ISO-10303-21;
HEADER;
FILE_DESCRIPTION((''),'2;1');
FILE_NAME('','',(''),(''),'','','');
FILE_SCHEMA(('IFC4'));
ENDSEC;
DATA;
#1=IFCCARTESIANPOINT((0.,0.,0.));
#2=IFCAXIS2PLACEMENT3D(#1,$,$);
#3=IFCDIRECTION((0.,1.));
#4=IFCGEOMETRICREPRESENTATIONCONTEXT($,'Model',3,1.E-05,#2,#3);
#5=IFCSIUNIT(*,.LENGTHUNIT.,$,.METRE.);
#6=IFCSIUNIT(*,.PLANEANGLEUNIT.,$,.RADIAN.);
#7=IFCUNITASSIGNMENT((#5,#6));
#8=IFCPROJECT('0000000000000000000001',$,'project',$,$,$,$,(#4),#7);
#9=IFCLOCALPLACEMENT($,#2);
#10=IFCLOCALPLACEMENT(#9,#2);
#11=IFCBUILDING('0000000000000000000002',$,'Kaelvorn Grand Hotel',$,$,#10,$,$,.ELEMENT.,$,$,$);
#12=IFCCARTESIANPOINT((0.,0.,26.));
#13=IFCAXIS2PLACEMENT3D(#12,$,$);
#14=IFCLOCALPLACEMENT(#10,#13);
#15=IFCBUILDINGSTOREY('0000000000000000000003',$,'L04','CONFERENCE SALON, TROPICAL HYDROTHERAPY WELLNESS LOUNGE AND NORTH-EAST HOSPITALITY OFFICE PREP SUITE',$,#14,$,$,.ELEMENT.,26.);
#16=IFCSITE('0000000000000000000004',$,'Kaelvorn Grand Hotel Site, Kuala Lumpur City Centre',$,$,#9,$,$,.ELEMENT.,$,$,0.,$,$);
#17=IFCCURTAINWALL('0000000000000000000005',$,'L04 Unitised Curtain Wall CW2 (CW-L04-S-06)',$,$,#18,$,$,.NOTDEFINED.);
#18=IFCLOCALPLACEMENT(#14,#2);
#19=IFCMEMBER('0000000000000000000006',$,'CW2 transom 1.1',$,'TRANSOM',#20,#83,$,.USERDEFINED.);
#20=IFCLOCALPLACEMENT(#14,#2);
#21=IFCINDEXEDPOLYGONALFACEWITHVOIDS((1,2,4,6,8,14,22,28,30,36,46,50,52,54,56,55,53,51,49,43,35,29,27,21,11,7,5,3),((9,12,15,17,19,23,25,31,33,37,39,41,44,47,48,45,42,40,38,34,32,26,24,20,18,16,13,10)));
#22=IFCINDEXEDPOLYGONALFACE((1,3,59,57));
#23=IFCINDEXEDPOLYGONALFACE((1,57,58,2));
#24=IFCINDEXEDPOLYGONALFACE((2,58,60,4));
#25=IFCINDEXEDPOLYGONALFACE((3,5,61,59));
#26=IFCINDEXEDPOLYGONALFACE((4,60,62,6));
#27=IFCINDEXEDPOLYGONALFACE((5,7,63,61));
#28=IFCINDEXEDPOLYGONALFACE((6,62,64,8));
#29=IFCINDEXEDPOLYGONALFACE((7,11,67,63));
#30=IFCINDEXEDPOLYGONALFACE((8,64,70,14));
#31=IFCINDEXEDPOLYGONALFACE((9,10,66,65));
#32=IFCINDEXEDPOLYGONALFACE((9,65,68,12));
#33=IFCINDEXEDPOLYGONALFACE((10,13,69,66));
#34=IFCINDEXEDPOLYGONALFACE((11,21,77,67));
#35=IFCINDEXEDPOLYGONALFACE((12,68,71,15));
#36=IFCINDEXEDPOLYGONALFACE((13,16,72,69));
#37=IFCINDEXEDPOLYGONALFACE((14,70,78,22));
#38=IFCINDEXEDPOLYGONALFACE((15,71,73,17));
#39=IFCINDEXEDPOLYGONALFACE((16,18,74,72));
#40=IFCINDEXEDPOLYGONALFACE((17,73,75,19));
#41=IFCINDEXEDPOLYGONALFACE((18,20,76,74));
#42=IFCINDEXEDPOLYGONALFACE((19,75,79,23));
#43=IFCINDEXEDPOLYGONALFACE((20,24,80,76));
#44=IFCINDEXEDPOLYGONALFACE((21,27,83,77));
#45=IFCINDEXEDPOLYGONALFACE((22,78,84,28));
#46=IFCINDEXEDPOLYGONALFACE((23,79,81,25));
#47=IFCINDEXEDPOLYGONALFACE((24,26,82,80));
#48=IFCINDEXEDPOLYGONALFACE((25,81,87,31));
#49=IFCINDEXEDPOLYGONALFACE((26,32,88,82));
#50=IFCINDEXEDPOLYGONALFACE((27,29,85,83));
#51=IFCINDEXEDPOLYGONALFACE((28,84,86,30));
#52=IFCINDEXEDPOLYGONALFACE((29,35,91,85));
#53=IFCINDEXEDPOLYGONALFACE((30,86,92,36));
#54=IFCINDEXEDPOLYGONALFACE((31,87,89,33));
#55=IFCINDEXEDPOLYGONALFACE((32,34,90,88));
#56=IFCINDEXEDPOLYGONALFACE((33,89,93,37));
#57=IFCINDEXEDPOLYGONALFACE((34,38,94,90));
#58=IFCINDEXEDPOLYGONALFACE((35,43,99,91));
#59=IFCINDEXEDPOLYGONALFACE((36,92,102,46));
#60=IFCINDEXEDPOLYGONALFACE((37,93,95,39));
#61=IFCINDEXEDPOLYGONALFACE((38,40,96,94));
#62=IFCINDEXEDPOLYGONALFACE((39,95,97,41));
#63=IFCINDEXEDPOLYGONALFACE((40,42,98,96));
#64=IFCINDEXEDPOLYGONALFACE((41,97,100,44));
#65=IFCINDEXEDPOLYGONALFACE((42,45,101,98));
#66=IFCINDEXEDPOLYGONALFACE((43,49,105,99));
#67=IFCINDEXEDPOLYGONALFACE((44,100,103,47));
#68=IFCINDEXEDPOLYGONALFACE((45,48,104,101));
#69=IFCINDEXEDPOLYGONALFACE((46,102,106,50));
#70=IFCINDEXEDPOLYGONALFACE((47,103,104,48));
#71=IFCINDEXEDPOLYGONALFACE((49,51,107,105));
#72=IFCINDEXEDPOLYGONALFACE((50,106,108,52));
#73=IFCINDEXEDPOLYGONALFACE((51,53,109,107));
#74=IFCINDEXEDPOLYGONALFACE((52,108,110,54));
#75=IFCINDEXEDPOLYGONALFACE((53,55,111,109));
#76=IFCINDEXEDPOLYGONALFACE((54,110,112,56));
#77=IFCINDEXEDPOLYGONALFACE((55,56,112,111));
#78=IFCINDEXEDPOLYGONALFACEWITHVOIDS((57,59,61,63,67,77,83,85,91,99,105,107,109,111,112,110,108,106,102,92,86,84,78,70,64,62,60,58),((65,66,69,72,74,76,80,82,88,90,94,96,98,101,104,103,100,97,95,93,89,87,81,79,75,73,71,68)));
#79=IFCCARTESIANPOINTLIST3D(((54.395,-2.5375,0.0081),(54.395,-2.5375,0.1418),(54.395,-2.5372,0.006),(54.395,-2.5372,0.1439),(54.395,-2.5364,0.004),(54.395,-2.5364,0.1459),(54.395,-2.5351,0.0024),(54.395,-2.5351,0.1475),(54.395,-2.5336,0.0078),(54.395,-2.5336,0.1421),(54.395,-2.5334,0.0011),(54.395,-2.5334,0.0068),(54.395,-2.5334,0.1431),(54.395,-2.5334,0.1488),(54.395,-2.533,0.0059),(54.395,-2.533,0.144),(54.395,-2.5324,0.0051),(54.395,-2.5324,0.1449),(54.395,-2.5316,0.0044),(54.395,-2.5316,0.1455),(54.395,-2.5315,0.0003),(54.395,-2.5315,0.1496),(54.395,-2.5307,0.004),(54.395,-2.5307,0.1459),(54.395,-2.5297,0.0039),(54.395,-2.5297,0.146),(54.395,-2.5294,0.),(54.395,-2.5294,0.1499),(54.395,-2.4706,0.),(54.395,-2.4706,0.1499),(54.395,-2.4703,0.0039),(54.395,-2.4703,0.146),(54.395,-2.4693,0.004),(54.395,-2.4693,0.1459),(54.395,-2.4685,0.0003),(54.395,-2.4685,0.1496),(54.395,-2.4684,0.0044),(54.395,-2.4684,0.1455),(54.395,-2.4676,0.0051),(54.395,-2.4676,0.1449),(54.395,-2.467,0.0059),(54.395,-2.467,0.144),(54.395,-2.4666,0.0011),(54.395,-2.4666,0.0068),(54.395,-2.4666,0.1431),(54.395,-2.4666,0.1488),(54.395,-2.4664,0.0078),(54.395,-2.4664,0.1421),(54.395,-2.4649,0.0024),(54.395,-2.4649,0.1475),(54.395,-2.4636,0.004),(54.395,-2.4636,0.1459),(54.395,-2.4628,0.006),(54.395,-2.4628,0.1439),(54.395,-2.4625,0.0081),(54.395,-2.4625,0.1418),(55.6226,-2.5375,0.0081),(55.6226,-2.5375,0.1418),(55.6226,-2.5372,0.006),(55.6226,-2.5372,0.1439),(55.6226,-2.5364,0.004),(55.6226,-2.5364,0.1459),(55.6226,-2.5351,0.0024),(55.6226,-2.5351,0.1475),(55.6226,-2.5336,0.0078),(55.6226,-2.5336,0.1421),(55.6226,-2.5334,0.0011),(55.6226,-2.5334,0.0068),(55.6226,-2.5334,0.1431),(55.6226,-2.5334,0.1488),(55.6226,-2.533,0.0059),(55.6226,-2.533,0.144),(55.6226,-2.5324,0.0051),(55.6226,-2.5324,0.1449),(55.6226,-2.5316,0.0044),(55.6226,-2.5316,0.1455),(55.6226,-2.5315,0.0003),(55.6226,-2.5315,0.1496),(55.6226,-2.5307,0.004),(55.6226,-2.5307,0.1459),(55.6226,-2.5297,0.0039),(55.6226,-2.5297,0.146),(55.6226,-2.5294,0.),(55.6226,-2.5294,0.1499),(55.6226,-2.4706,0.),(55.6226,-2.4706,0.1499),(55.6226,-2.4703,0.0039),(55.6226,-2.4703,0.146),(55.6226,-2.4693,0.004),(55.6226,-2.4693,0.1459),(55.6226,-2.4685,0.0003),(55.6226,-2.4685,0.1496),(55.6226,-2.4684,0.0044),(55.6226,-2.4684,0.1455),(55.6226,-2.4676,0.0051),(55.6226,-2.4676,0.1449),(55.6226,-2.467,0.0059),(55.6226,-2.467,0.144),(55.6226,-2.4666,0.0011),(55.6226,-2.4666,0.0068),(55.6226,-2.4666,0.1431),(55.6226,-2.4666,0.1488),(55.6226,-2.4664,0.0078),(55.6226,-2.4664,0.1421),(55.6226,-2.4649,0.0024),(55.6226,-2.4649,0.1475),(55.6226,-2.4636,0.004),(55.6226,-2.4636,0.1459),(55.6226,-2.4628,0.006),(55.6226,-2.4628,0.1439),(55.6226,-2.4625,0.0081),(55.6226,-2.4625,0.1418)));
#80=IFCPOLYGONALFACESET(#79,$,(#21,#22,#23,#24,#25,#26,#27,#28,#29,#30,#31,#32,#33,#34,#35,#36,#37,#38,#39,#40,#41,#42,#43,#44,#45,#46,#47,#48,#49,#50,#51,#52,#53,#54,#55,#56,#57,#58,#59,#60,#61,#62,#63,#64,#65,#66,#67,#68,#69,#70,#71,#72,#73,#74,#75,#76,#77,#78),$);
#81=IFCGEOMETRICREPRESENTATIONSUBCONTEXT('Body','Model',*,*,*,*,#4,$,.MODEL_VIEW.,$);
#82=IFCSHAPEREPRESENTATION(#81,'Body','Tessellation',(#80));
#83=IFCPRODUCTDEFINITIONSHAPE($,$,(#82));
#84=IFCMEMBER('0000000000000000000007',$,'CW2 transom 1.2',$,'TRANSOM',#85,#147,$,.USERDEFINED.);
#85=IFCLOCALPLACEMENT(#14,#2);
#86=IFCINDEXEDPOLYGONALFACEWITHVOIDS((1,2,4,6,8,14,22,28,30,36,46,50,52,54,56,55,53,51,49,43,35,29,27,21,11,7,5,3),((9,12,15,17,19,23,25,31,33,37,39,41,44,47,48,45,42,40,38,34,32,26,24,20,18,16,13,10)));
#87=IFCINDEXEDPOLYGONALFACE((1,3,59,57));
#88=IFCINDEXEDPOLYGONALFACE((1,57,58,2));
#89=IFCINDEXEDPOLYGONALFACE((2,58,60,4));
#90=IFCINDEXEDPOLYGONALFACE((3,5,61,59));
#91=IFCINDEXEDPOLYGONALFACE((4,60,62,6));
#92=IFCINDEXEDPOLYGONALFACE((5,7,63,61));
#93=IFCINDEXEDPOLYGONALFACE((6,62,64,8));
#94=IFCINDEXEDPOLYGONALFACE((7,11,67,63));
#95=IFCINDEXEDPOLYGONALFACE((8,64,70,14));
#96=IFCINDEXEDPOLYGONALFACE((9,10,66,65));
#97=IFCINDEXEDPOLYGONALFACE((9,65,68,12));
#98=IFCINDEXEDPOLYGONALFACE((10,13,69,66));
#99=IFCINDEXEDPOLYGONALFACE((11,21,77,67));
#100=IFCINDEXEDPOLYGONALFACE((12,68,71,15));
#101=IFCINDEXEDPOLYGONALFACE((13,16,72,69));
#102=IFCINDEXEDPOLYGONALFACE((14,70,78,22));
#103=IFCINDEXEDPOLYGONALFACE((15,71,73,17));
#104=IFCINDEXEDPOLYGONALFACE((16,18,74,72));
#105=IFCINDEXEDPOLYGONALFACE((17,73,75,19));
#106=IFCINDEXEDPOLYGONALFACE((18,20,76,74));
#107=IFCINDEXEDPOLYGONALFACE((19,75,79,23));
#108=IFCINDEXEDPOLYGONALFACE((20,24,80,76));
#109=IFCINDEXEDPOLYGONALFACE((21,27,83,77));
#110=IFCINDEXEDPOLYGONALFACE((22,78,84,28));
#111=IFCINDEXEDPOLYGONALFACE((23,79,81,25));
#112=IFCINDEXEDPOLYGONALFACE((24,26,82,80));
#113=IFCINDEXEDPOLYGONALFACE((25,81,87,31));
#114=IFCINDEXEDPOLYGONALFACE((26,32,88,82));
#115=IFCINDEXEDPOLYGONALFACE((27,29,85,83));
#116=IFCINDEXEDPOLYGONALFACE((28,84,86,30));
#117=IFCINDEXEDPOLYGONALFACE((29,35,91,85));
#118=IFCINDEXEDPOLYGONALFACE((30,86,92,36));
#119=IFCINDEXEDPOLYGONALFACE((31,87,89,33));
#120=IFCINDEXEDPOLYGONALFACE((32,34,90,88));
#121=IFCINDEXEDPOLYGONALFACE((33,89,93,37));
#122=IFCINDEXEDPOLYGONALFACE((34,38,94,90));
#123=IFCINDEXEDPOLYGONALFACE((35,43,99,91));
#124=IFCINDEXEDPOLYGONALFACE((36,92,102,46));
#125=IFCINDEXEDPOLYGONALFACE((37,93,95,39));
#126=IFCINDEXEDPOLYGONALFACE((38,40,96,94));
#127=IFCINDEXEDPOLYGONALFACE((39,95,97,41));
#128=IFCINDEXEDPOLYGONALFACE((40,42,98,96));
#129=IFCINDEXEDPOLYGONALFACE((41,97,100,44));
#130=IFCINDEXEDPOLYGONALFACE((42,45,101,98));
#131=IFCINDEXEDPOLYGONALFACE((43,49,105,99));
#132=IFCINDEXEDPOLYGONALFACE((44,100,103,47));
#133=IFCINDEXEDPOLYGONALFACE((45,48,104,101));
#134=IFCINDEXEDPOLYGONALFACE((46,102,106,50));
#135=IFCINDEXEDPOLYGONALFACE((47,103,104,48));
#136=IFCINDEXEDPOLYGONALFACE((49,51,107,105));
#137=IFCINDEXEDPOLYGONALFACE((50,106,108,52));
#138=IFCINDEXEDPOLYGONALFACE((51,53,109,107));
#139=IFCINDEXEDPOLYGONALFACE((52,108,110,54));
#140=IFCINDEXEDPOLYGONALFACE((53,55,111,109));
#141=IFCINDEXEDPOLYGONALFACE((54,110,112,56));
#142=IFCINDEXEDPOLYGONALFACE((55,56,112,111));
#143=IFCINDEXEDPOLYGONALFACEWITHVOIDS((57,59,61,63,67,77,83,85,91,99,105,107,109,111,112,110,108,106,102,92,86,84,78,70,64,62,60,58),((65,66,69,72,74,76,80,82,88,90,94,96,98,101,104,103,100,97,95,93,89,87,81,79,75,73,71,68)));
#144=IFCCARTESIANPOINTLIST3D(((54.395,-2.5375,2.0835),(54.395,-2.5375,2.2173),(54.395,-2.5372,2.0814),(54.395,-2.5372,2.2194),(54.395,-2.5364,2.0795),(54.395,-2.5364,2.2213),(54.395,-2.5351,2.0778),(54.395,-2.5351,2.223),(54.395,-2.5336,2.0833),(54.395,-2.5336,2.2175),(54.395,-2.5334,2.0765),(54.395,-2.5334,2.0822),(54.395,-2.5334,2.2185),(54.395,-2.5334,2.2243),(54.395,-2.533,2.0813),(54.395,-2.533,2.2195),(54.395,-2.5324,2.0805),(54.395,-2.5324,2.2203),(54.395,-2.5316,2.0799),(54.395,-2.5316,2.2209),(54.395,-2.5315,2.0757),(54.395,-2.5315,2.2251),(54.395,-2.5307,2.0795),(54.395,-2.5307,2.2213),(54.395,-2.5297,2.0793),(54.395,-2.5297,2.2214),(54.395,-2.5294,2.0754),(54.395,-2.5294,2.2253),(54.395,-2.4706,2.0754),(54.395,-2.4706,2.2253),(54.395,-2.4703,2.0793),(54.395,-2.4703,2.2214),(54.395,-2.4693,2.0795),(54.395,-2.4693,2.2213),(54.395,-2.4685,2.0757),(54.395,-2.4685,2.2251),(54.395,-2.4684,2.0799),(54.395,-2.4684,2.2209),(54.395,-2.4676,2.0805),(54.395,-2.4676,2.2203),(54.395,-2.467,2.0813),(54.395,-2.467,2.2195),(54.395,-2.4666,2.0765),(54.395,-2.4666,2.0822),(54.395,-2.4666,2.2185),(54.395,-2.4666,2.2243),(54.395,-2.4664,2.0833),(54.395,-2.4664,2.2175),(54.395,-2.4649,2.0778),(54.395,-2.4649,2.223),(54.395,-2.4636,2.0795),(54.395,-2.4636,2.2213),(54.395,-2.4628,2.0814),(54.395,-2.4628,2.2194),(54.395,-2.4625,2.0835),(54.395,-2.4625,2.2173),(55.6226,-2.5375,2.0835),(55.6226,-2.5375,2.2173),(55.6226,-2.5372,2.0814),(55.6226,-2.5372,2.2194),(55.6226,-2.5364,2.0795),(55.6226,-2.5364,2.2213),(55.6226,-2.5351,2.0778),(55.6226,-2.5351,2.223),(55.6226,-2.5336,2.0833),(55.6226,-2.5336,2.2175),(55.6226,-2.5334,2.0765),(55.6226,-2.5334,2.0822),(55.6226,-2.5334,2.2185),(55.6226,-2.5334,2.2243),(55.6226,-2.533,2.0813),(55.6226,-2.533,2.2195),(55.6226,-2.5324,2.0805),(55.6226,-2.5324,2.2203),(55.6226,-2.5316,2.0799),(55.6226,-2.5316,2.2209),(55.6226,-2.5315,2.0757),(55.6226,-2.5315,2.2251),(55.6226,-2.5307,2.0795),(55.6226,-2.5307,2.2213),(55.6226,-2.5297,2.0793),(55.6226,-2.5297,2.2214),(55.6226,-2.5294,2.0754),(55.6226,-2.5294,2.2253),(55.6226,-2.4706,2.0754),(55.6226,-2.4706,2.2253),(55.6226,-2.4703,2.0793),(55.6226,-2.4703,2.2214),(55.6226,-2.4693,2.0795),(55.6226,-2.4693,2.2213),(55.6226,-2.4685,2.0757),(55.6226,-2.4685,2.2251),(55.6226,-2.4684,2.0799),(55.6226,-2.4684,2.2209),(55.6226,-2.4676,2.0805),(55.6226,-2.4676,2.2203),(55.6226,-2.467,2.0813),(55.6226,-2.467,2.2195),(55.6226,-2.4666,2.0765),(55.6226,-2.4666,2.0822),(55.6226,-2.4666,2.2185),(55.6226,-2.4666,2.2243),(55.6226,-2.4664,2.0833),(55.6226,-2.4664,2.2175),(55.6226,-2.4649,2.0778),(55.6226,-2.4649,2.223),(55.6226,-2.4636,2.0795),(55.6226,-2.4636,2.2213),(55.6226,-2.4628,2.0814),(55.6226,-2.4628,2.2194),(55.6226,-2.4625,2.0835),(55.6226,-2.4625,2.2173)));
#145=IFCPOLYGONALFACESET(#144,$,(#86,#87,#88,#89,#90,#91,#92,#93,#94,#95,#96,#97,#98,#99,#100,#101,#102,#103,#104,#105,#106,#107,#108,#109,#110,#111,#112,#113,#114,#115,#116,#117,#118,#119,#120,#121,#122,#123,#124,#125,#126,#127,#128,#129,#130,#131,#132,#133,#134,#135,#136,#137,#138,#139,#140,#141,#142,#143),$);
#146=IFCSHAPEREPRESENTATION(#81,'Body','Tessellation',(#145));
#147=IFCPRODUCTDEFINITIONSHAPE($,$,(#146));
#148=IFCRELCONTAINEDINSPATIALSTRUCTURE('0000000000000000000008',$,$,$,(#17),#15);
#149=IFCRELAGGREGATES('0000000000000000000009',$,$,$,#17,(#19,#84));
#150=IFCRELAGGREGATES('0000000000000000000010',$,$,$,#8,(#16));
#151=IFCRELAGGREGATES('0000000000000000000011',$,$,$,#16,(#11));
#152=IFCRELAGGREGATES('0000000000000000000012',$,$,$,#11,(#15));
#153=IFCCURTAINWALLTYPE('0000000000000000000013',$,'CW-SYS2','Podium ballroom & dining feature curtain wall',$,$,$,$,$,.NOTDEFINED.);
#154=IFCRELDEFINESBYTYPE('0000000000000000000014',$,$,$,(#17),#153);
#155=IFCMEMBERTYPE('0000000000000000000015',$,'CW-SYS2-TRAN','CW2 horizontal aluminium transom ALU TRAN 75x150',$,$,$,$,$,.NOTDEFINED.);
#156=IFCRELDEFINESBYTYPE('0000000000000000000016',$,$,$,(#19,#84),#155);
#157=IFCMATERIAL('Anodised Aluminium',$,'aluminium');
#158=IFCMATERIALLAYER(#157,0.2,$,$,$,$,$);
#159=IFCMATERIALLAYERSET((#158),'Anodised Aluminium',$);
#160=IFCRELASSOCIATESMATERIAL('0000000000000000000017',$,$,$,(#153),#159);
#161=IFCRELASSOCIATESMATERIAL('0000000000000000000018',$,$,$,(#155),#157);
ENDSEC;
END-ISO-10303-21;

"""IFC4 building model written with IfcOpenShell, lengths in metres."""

from ifc_helpers import new_model, si_unit, direction, frame, origin, origin_2d, place, context, subcontext, project, spatial, hollow_rectangle, extrude, material, layer, layer_set, material_profile, profile_set, type_object, element, aggregate, save


model = new_model("IFC4")

# Units and contexts
model_context = context("Model", 3, precision=1e-05, world=origin(), true_north=direction((0.0, 1.0)))
body_context = subcontext(model_context, "Body", "Model", "MODEL_VIEW")
ifc_project = project(units=[si_unit("LENGTHUNIT", "METRE"), si_unit("PLANEANGLEUNIT", "RADIAN")], contexts=[model_context])

# Site, building, storey
site_placement = place(None, origin())
site = spatial("IfcSite", under=ifc_project, at=site_placement, Name="Kaelvorn Grand Hotel Site, Kuala Lumpur City Centre", CompositionType="ELEMENT", RefElevation=0.0)
building_placement = place(site_placement, origin())
building = spatial("IfcBuilding", under=site, at=building_placement, Name="Kaelvorn Grand Hotel", CompositionType="ELEMENT")
storey_placement = place(building_placement, frame((0.0, 0.0, 26.0)))
storey = spatial("IfcBuildingStorey", under=building, at=storey_placement, Name="L04", Description="CONFERENCE SALON, TROPICAL HYDROTHERAPY WELLNESS LOUNGE AND NORTH-EAST HOSPITALITY OFFICE PREP SUITE", CompositionType="ELEMENT", Elevation=26.0)

# Curtain wall, members
ifc_material_1 = material(Name="Anodised Aluminium", Category="aluminium")
ifc_layer_1 = layer(ifc_material_1, 0.2)
ifc_layer_set_1 = layer_set([ifc_layer_1], Name="Anodised Aluminium")
curtain_wall_type = type_object("IfcCurtainWallType", Name="CW-SYS2", Description="Podium ballroom & dining feature curtain wall", PredefinedType="NOTDEFINED", material=ifc_layer_set_1)
curtain_wall_placement = place(storey_placement, origin())
curtain_wall = element("IfcCurtainWall", 1, at=curtain_wall_placement, inside=storey, type_object=curtain_wall_type, Name="L04 Unitised Curtain Wall CW2 (CW-L04-S-06)", PredefinedType="NOTDEFINED")
ifc_material_profile_1 = material_profile(ifc_material_1, hollow_rectangle(XDim=0.075, YDim=0.1499, WallThickness=0.0039, InnerFilletRadius=0.0039, OuterFilletRadius=0.0081, at=origin_2d()), Name="ALU TRAN 75x150")
ifc_profile_set_1 = profile_set([ifc_material_profile_1], Name="Anodised Aluminium")
member_type_1 = type_object("IfcMemberType", Name="CW-SYS2-TRAN", Description="CW2 horizontal aluminium transom ALU TRAN 75x150", PredefinedType="NOTDEFINED", material=ifc_profile_set_1)
member_1_placement = place(storey_placement, frame((54.395, -2.5, 0.075), z_axis=(1.0, 0.0, 0.0), x_axis=(0.0, 1.0, 0.0)))
member_1 = element("IfcMember", 2, at=member_1_placement, type_object=member_type_1, Name="CW2 transom 1.1", ObjectType="TRANSOM", PredefinedType="USERDEFINED", context=body_context, shape_type="SweptSolid", body=[
    extrude(hollow_rectangle(XDim=0.075, YDim=0.1499, WallThickness=0.0039, InnerFilletRadius=0.0039, OuterFilletRadius=0.0081, at=origin_2d()), origin(), (0.0, 0.0, 1.0), 1.2275),
])
member_2_placement = place(storey_placement, frame((54.395, -2.5, 2.1504), z_axis=(1.0, 0.0, 0.0), x_axis=(0.0, 1.0, 0.0)))
member_2 = element("IfcMember", 3, at=member_2_placement, type_object=member_type_1, Name="CW2 transom 1.2", ObjectType="TRANSOM", PredefinedType="USERDEFINED", context=body_context, shape_type="SweptSolid", body=[
    extrude(hollow_rectangle(XDim=0.075, YDim=0.1499, WallThickness=0.0039, InnerFilletRadius=0.0039, OuterFilletRadius=0.0081, at=origin_2d()), origin(), (0.0, 0.0, 1.0), 1.2275),
])
aggregate(curtain_wall, [member_1, member_2])

save(model, "model.ifc")
